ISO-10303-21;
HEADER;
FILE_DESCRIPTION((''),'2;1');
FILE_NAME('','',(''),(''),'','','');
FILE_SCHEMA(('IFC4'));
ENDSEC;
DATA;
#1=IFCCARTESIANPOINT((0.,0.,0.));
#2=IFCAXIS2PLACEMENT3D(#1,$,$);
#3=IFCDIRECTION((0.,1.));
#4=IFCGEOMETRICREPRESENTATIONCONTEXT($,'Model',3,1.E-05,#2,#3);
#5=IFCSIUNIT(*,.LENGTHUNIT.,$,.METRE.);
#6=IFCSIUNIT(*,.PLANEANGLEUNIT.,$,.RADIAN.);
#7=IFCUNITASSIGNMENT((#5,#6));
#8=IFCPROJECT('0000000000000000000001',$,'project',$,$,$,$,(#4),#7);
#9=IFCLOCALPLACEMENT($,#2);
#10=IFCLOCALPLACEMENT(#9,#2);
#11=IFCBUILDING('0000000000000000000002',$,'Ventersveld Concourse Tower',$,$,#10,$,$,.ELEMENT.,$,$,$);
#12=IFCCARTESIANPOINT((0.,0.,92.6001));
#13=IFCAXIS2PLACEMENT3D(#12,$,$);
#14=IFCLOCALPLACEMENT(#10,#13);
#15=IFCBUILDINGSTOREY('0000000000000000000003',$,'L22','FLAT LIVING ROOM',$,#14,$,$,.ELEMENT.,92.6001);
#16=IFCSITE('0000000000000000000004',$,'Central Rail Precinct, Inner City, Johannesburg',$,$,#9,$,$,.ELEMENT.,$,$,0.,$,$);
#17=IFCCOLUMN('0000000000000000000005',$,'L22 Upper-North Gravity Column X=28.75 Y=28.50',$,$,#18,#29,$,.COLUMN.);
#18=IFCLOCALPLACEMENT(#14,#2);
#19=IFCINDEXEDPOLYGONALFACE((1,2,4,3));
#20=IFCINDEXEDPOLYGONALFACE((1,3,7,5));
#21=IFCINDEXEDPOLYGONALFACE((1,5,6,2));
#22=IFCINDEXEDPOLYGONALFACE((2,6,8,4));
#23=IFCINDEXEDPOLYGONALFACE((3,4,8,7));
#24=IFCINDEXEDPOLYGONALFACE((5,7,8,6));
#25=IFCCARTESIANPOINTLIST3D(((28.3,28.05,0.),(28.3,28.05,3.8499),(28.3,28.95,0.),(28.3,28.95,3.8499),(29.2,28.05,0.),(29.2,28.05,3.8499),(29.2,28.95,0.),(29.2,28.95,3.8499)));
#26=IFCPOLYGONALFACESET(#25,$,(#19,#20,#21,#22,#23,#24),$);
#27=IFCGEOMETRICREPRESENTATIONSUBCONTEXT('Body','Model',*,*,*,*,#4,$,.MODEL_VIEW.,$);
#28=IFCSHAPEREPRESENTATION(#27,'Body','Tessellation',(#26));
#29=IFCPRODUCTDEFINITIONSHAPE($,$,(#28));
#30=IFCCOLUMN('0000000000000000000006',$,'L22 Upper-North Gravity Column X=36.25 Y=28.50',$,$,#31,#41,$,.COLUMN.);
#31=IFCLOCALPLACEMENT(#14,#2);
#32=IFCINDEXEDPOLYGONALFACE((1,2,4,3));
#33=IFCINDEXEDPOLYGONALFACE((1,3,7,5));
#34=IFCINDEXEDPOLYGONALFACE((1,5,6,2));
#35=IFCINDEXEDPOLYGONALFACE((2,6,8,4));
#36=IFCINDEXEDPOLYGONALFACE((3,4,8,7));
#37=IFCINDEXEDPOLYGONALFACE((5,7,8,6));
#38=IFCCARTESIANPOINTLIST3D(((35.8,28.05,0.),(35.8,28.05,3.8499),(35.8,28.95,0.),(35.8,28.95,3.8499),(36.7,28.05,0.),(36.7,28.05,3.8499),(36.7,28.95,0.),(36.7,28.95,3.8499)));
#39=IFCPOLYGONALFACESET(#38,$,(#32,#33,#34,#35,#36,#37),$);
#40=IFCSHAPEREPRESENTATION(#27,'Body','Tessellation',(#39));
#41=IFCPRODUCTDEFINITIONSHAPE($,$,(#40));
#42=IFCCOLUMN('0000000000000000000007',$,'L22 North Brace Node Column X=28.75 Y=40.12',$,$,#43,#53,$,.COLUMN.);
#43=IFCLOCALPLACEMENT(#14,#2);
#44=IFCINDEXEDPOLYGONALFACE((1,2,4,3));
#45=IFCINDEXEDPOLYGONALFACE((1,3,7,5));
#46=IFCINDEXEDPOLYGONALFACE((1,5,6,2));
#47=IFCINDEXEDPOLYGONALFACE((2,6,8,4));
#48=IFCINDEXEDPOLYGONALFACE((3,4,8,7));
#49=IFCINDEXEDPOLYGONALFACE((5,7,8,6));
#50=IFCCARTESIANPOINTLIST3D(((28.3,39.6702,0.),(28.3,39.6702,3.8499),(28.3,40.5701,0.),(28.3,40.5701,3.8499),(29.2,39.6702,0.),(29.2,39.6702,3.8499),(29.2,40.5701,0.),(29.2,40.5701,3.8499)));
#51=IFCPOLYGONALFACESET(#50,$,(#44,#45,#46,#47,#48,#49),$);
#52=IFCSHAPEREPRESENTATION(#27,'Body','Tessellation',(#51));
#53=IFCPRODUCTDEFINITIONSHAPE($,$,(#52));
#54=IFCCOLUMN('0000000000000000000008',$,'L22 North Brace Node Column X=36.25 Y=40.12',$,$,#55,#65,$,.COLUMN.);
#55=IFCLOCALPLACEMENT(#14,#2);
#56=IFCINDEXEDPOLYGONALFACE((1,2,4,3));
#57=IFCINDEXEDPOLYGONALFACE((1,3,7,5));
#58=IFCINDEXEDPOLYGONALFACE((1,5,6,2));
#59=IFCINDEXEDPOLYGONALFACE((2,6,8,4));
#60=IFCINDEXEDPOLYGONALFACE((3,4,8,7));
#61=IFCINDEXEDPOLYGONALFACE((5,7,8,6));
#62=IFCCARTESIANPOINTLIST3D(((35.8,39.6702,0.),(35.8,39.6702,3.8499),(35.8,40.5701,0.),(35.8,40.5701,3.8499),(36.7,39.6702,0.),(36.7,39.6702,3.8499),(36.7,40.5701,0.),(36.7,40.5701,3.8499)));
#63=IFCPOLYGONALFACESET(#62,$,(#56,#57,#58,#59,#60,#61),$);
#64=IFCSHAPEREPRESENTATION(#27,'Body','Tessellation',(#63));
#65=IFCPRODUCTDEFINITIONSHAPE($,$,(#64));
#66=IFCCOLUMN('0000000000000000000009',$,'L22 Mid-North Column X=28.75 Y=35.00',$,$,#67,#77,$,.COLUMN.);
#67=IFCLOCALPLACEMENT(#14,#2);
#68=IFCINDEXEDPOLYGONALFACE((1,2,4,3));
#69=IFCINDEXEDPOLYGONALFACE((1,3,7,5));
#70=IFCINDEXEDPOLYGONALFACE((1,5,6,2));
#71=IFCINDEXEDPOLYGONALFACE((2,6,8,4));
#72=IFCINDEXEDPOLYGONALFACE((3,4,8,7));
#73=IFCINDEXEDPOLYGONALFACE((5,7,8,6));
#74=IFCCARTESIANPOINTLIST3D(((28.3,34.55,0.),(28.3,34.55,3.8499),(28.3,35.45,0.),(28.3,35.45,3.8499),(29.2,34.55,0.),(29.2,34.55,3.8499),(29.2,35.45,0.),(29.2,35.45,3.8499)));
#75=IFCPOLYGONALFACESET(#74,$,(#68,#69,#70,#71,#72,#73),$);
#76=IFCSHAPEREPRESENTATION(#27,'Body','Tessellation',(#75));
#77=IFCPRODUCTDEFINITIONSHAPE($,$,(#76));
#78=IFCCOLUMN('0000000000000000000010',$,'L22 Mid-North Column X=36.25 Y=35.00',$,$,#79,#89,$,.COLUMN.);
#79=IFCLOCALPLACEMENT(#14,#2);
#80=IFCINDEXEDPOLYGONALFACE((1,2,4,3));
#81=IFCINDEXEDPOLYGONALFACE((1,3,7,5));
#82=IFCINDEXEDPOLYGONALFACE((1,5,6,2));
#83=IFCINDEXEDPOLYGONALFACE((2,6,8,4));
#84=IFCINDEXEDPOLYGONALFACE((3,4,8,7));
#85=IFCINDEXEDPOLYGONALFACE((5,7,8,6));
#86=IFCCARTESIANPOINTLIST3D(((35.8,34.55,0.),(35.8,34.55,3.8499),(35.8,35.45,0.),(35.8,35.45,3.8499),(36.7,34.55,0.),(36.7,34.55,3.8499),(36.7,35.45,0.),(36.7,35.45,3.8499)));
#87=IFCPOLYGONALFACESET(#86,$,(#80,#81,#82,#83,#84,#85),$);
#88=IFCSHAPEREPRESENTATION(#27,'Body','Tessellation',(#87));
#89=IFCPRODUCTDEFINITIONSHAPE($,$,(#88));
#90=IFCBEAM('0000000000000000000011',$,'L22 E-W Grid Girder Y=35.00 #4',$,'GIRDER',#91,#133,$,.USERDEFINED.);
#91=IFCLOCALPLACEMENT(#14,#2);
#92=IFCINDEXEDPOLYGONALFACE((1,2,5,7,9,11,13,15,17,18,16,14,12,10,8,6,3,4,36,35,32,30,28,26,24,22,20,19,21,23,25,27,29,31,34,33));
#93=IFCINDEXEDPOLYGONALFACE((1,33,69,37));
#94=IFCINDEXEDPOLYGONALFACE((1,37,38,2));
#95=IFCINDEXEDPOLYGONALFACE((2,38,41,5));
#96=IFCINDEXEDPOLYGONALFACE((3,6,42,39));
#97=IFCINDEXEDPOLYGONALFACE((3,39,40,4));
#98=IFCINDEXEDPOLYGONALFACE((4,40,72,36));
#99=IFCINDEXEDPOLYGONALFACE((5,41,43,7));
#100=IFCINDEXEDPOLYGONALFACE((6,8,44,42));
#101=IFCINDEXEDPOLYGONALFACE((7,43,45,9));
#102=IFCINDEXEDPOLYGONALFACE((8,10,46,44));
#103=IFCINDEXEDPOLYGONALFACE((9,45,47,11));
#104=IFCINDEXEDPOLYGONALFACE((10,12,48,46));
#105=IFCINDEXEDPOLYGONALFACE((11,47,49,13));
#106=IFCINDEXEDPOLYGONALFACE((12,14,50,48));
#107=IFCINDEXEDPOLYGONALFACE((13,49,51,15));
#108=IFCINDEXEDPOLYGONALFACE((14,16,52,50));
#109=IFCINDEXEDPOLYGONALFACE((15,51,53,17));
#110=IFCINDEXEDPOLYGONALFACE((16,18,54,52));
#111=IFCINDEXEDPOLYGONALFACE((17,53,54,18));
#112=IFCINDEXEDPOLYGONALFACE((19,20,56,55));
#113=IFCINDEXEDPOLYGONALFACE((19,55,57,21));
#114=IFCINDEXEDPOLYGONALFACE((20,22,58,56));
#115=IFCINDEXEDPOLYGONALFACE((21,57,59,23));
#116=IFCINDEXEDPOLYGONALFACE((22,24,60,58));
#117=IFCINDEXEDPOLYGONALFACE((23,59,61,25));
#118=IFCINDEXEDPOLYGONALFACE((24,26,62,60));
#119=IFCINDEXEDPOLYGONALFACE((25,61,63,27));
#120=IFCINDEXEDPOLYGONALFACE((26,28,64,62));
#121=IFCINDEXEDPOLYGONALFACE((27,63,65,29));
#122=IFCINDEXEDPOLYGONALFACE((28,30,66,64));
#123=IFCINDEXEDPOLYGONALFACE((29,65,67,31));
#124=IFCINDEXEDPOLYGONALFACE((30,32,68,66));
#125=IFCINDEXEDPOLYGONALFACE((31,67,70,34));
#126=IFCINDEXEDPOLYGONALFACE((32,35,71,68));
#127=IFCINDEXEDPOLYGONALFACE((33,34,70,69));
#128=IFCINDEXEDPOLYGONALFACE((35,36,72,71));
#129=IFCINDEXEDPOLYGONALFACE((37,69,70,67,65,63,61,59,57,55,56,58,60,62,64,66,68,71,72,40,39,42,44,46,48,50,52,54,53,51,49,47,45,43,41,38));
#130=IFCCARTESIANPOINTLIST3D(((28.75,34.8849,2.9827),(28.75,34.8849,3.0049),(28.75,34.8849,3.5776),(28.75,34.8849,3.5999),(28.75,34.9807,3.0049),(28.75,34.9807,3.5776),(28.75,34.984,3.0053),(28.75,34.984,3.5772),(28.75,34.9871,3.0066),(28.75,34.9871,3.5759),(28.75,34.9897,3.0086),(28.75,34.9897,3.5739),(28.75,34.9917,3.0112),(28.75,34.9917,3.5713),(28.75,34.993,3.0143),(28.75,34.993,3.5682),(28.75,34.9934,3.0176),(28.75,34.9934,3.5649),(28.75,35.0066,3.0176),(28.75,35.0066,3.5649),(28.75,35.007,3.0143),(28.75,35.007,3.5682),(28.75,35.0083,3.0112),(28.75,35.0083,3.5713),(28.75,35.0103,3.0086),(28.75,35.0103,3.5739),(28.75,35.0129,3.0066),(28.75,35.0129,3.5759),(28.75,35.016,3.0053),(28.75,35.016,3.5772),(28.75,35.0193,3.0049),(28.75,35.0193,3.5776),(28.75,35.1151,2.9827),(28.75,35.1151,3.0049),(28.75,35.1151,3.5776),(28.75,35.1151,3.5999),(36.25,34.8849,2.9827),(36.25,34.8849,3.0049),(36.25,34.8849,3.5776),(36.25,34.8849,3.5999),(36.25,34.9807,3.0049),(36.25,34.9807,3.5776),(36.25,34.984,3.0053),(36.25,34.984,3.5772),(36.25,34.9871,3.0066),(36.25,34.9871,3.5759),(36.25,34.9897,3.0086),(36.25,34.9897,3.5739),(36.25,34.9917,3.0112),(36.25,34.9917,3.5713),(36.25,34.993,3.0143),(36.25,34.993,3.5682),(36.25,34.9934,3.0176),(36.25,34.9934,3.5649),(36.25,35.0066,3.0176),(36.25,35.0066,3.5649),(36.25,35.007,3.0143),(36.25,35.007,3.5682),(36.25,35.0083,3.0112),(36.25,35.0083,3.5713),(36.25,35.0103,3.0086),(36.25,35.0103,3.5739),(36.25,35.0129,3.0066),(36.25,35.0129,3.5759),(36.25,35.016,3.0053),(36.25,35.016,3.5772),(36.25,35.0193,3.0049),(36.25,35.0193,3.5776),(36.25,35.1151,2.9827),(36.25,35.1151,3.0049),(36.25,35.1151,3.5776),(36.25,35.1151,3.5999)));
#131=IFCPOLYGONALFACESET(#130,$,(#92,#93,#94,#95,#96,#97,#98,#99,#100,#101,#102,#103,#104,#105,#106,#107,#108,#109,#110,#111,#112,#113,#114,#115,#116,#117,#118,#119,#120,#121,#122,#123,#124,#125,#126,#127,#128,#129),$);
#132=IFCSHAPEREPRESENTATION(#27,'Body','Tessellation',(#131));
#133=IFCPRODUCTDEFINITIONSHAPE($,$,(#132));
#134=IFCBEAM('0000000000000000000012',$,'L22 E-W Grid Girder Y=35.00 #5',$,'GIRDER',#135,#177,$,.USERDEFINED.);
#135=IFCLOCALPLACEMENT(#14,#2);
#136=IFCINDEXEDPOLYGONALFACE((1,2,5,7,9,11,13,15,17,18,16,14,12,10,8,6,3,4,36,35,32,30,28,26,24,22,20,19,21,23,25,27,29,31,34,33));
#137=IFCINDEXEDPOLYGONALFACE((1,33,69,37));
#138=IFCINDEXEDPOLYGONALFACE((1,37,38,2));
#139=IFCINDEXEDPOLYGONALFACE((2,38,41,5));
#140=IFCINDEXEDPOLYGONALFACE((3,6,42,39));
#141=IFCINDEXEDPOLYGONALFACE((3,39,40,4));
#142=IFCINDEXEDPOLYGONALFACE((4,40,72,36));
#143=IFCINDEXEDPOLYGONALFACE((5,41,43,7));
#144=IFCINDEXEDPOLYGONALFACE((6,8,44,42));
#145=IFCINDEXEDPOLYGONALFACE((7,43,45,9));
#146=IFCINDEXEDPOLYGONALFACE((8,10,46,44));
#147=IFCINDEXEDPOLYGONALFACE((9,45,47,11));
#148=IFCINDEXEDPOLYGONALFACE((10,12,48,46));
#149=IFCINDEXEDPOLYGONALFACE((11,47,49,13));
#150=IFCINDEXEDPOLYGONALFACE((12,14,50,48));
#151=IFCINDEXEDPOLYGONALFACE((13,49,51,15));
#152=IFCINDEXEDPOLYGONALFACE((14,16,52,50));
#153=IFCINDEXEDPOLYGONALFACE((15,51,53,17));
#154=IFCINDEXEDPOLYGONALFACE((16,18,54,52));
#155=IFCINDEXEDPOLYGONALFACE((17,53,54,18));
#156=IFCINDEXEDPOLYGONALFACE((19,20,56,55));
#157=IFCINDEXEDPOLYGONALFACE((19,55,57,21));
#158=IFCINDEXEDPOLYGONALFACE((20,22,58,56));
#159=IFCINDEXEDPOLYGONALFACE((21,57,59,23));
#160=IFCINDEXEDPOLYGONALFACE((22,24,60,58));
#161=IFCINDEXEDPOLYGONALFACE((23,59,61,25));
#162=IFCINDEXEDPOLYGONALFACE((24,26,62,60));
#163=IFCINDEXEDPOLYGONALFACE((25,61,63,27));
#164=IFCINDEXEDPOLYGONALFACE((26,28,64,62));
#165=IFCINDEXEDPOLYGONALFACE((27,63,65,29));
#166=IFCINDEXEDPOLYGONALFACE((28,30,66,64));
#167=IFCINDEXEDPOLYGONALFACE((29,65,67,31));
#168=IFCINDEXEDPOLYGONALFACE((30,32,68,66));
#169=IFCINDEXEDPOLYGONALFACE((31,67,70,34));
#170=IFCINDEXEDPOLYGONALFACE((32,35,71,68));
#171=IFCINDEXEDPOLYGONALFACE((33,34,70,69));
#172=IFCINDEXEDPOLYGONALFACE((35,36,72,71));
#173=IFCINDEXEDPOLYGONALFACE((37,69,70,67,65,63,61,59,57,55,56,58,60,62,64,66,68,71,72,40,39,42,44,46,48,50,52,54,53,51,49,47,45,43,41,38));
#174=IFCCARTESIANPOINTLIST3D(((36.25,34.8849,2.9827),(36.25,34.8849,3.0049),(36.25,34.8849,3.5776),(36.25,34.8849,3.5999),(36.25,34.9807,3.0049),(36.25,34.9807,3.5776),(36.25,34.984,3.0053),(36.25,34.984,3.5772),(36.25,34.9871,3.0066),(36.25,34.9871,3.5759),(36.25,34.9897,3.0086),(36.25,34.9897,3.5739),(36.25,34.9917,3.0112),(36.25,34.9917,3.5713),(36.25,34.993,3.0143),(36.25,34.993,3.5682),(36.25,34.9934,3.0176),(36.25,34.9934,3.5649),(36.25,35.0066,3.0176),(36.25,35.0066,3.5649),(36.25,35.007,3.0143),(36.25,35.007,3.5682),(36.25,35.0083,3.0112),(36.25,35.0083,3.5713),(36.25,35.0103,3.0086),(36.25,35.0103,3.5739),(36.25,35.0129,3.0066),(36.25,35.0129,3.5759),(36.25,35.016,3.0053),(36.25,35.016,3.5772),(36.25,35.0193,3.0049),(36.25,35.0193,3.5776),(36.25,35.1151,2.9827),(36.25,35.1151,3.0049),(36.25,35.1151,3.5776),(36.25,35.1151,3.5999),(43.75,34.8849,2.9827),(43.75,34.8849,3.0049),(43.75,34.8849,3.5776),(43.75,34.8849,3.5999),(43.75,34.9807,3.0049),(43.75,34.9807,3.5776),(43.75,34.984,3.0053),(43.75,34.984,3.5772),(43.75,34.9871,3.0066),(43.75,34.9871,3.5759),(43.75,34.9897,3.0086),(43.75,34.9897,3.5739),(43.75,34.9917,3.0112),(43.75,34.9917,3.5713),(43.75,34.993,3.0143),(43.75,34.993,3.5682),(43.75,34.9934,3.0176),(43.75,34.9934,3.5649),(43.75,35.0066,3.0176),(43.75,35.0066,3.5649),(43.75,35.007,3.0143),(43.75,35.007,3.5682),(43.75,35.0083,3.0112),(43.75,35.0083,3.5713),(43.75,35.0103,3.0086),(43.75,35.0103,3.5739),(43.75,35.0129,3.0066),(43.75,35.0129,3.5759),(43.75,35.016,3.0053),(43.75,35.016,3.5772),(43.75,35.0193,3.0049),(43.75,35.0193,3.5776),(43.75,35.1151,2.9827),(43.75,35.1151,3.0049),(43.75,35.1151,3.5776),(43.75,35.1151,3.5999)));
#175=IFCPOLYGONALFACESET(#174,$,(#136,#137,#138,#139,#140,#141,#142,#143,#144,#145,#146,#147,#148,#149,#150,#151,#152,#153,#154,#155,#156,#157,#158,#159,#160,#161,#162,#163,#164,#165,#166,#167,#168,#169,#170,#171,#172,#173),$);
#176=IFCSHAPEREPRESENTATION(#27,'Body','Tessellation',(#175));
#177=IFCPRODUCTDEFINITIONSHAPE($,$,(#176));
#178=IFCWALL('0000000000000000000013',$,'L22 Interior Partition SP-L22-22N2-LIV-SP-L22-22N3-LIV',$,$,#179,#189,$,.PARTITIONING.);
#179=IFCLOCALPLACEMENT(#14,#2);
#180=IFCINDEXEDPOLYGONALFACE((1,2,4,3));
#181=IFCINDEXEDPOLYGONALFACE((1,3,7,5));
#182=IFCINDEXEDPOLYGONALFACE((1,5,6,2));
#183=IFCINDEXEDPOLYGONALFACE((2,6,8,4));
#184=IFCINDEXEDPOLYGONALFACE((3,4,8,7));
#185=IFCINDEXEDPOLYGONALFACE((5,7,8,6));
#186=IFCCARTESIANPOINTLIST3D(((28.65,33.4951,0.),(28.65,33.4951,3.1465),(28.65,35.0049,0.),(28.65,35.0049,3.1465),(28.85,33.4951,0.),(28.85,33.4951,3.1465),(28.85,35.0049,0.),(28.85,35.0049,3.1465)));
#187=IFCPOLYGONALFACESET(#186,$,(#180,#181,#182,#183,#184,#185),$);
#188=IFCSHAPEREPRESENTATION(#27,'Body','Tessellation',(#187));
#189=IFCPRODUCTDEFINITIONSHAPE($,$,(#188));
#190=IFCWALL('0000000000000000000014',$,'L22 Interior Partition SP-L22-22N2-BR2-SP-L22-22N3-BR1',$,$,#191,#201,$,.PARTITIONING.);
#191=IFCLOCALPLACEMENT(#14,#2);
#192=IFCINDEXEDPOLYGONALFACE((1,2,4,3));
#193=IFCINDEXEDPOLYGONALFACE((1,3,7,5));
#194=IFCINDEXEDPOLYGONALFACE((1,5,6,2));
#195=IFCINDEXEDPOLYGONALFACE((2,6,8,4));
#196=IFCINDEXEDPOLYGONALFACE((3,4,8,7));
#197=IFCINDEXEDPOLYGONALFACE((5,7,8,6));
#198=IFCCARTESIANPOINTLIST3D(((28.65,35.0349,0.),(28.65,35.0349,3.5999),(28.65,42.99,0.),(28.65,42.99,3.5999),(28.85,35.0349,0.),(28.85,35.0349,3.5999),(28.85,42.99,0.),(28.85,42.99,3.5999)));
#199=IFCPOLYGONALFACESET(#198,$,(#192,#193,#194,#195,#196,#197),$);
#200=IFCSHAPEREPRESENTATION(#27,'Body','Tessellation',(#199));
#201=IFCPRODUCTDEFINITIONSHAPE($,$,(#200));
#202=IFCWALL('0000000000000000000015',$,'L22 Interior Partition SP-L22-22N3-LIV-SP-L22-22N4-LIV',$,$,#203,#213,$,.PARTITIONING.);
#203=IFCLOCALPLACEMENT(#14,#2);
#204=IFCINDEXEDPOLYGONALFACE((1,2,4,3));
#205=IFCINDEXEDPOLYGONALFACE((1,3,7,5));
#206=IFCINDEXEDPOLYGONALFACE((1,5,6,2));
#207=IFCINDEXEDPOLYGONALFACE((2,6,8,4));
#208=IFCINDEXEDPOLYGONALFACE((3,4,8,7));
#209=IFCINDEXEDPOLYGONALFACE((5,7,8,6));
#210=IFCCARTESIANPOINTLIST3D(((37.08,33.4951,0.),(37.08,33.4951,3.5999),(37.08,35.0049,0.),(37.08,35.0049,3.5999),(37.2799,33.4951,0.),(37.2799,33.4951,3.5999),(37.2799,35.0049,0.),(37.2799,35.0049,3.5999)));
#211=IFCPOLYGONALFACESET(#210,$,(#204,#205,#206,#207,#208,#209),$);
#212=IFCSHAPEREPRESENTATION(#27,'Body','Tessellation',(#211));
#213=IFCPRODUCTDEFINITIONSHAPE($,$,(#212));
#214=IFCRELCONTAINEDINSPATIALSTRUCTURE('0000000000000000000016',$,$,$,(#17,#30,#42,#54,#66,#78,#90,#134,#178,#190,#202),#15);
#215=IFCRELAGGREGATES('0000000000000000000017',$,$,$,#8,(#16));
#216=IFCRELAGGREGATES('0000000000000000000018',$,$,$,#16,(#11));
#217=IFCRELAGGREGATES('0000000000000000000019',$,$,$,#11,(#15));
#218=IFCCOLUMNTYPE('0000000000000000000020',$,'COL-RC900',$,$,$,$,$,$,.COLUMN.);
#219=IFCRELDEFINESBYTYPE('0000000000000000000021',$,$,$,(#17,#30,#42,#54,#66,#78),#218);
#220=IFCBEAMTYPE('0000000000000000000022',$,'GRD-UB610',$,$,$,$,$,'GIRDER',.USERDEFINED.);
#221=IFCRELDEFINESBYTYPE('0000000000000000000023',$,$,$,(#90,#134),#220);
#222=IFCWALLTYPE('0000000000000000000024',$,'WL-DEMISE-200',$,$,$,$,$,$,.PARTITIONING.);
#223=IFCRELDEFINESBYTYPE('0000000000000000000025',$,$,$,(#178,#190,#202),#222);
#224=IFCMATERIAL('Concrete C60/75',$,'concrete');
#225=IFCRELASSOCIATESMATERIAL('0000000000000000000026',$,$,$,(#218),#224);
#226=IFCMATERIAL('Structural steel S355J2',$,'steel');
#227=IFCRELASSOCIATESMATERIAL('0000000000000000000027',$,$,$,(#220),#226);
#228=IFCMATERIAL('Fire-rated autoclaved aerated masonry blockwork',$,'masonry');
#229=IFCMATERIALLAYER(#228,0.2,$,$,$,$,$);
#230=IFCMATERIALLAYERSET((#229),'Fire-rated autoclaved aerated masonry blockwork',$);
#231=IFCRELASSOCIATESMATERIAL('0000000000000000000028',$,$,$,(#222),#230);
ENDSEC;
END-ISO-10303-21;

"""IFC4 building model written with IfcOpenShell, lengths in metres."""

from ifc_helpers import new_model, si_unit, direction, frame, frame_2d, origin, origin_2d, place, context, subcontext, project, spatial, rectangle, i_section, extrude, material, layer, layer_set, material_profile, profile_set, type_object, element, save


model = new_model("IFC4")

# Units and contexts
model_context = context("Model", 3, precision=1e-05, world=origin(), true_north=direction((0.0, 1.0)))
body_context = subcontext(model_context, "Body", "Model", "MODEL_VIEW")
ifc_project = project(units=[si_unit("LENGTHUNIT", "METRE"), si_unit("PLANEANGLEUNIT", "RADIAN")], contexts=[model_context])

# Site, building, storey
site_placement = place(None, origin())
site = spatial("IfcSite", under=ifc_project, at=site_placement, Name="Central Rail Precinct, Inner City, Johannesburg", CompositionType="ELEMENT", RefElevation=0.0)
building_placement = place(site_placement, origin())
building = spatial("IfcBuilding", under=site, at=building_placement, Name="Ventersveld Concourse Tower", CompositionType="ELEMENT")
storey_placement = place(building_placement, frame((0.0, 0.0, 92.6001)))
storey = spatial("IfcBuildingStorey", under=building, at=storey_placement, Name="L22", Description="FLAT LIVING ROOM", CompositionType="ELEMENT", Elevation=92.6001)

# Columns
ifc_material_1 = material(Name="Concrete C60/75", Category="concrete")
ifc_material_profile_1 = material_profile(ifc_material_1, rectangle(XDim=0.8999, YDim=0.8999, at=origin_2d()), Name="RC 900x900")
ifc_profile_set_1 = profile_set([ifc_material_profile_1], Name="Concrete C60/75")
column_type = type_object("IfcColumnType", Name="COL-RC900", PredefinedType="COLUMN", material=ifc_profile_set_1)
for number, where, z_axis, x_axis, name in (
    (1, (28.75, 28.5, 0.0), (0.0, 0.0, 1.0), (1.0, 0.0, 0.0), "L22 Upper-North Gravity Column X=28.75 Y=28.50"),
    (2, (36.25, 28.5, 0.0), (0.0, 0.0, 1.0), (1.0, 0.0, 0.0), "L22 Upper-North Gravity Column X=36.25 Y=28.50"),
    (3, (28.75, 40.1201, 0.0), (0.0, 0.0, 1.0), (1.0, 0.0, 0.0), "L22 North Brace Node Column X=28.75 Y=40.12"),
    (4, (36.25, 40.1201, 0.0), (0.0, 0.0, 1.0), (1.0, 0.0, 0.0), "L22 North Brace Node Column X=36.25 Y=40.12"),
    (5, (28.75, 35.0, 0.0), (0.0, 0.0, 1.0), (1.0, 0.0, 0.0), "L22 Mid-North Column X=28.75 Y=35.00"),
    (6, (36.25, 35.0, 0.0), (0.0, 0.0, 1.0), (1.0, 0.0, 0.0), "L22 Mid-North Column X=36.25 Y=35.00"),
):
    element("IfcColumn", number, at=place(storey_placement, frame(where, z_axis=z_axis, x_axis=x_axis)), inside=storey, type_object=column_type, Name=name, PredefinedType="COLUMN", context=body_context, shape_type="SweptSolid", body=[
        extrude(rectangle(XDim=0.8999, YDim=0.8999, at=origin_2d()), origin(), (0.0, 0.0, 1.0), 3.8499),
    ])

# Beams
ifc_material_2 = material(Name="Structural steel S355J2", Category="steel")
ifc_material_profile_2 = material_profile(ifc_material_2, i_section(OverallWidth=0.2302, OverallDepth=0.6172, WebThickness=0.0132, FlangeThickness=0.0222, FilletRadius=0.0127, at=origin_2d()), Name="UB 610x229x140")
ifc_profile_set_2 = profile_set([ifc_material_profile_2], Name="Structural steel S355J2")
beam_type = type_object("IfcBeamType", Name="GRD-UB610", ElementType="GIRDER", PredefinedType="USERDEFINED", material=ifc_profile_set_2)
for number, where, z_axis, x_axis, name in (
    (7, (28.75, 35.0, 3.2913), (1.0, 0.0, 0.0), (0.0, 1.0, 0.0), "L22 E-W Grid Girder Y=35.00 #4"),
    (8, (36.25, 35.0, 3.2913), (1.0, 0.0, 0.0), (0.0, 1.0, 0.0), "L22 E-W Grid Girder Y=35.00 #5"),
):
    element("IfcBeam", number, at=place(storey_placement, frame(where, z_axis=z_axis, x_axis=x_axis)), inside=storey, type_object=beam_type, Name=name, ObjectType="GIRDER", PredefinedType="USERDEFINED", context=body_context, shape_type="SweptSolid", body=[
        extrude(i_section(OverallWidth=0.2302, OverallDepth=0.6172, WebThickness=0.0132, FlangeThickness=0.0222, FilletRadius=0.0127, at=origin_2d()), origin(), (0.0, 0.0, 1.0), 7.5),
    ])

# Walls
ifc_material_3 = material(Name="Fire-rated autoclaved aerated masonry blockwork", Category="masonry")
ifc_layer_1 = layer(ifc_material_3, 0.2)
ifc_layer_set_1 = layer_set([ifc_layer_1], Name="Fire-rated autoclaved aerated masonry blockwork")
wall_type_1 = type_object("IfcWallType", Name="WL-DEMISE-200", PredefinedType="PARTITIONING", material=ifc_layer_set_1)
wall_1_placement = place(storey_placement, frame((28.75, 33.4951, 0.0), z_axis=(0.0, 0.0, 1.0), x_axis=(0.0, 1.0, 0.0)))
element("IfcWall", 9, at=wall_1_placement, inside=storey, type_object=wall_type_1, Name="L22 Interior Partition SP-L22-22N2-LIV-SP-L22-22N3-LIV", PredefinedType="PARTITIONING", context=body_context, shape_type="SweptSolid", body=[
    extrude(rectangle(XDim=1.5098, YDim=0.2, at=frame_2d((0.7549, 0.0))), origin(), (0.0, 0.0, 1.0), 3.1465),
])
wall_2_placement = place(storey_placement, frame((28.75, 35.0349, 0.0), z_axis=(0.0, 0.0, 1.0), x_axis=(0.0, 1.0, 0.0)))
element("IfcWall", 10, at=wall_2_placement, inside=storey, type_object=wall_type_1, Name="L22 Interior Partition SP-L22-22N2-BR2-SP-L22-22N3-BR1", PredefinedType="PARTITIONING", context=body_context, shape_type="SweptSolid", body=[
    extrude(rectangle(XDim=7.9551, YDim=0.2, at=frame_2d((3.9775, 0.0))), origin(), (0.0, 0.0, 1.0), 3.5999),
])
wall_3_placement = place(storey_placement, frame((37.1799, 33.4951, 0.0), z_axis=(0.0, 0.0, 1.0), x_axis=(0.0, 1.0, 0.0)))
element("IfcWall", 11, at=wall_3_placement, inside=storey, type_object=wall_type_1, Name="L22 Interior Partition SP-L22-22N3-LIV-SP-L22-22N4-LIV", PredefinedType="PARTITIONING", context=body_context, shape_type="SweptSolid", body=[
    extrude(rectangle(XDim=1.5098, YDim=0.2, at=frame_2d((0.7549, 0.0))), origin(), (0.0, 0.0, 1.0), 3.5999),
])

save(model, "model.ifc")
